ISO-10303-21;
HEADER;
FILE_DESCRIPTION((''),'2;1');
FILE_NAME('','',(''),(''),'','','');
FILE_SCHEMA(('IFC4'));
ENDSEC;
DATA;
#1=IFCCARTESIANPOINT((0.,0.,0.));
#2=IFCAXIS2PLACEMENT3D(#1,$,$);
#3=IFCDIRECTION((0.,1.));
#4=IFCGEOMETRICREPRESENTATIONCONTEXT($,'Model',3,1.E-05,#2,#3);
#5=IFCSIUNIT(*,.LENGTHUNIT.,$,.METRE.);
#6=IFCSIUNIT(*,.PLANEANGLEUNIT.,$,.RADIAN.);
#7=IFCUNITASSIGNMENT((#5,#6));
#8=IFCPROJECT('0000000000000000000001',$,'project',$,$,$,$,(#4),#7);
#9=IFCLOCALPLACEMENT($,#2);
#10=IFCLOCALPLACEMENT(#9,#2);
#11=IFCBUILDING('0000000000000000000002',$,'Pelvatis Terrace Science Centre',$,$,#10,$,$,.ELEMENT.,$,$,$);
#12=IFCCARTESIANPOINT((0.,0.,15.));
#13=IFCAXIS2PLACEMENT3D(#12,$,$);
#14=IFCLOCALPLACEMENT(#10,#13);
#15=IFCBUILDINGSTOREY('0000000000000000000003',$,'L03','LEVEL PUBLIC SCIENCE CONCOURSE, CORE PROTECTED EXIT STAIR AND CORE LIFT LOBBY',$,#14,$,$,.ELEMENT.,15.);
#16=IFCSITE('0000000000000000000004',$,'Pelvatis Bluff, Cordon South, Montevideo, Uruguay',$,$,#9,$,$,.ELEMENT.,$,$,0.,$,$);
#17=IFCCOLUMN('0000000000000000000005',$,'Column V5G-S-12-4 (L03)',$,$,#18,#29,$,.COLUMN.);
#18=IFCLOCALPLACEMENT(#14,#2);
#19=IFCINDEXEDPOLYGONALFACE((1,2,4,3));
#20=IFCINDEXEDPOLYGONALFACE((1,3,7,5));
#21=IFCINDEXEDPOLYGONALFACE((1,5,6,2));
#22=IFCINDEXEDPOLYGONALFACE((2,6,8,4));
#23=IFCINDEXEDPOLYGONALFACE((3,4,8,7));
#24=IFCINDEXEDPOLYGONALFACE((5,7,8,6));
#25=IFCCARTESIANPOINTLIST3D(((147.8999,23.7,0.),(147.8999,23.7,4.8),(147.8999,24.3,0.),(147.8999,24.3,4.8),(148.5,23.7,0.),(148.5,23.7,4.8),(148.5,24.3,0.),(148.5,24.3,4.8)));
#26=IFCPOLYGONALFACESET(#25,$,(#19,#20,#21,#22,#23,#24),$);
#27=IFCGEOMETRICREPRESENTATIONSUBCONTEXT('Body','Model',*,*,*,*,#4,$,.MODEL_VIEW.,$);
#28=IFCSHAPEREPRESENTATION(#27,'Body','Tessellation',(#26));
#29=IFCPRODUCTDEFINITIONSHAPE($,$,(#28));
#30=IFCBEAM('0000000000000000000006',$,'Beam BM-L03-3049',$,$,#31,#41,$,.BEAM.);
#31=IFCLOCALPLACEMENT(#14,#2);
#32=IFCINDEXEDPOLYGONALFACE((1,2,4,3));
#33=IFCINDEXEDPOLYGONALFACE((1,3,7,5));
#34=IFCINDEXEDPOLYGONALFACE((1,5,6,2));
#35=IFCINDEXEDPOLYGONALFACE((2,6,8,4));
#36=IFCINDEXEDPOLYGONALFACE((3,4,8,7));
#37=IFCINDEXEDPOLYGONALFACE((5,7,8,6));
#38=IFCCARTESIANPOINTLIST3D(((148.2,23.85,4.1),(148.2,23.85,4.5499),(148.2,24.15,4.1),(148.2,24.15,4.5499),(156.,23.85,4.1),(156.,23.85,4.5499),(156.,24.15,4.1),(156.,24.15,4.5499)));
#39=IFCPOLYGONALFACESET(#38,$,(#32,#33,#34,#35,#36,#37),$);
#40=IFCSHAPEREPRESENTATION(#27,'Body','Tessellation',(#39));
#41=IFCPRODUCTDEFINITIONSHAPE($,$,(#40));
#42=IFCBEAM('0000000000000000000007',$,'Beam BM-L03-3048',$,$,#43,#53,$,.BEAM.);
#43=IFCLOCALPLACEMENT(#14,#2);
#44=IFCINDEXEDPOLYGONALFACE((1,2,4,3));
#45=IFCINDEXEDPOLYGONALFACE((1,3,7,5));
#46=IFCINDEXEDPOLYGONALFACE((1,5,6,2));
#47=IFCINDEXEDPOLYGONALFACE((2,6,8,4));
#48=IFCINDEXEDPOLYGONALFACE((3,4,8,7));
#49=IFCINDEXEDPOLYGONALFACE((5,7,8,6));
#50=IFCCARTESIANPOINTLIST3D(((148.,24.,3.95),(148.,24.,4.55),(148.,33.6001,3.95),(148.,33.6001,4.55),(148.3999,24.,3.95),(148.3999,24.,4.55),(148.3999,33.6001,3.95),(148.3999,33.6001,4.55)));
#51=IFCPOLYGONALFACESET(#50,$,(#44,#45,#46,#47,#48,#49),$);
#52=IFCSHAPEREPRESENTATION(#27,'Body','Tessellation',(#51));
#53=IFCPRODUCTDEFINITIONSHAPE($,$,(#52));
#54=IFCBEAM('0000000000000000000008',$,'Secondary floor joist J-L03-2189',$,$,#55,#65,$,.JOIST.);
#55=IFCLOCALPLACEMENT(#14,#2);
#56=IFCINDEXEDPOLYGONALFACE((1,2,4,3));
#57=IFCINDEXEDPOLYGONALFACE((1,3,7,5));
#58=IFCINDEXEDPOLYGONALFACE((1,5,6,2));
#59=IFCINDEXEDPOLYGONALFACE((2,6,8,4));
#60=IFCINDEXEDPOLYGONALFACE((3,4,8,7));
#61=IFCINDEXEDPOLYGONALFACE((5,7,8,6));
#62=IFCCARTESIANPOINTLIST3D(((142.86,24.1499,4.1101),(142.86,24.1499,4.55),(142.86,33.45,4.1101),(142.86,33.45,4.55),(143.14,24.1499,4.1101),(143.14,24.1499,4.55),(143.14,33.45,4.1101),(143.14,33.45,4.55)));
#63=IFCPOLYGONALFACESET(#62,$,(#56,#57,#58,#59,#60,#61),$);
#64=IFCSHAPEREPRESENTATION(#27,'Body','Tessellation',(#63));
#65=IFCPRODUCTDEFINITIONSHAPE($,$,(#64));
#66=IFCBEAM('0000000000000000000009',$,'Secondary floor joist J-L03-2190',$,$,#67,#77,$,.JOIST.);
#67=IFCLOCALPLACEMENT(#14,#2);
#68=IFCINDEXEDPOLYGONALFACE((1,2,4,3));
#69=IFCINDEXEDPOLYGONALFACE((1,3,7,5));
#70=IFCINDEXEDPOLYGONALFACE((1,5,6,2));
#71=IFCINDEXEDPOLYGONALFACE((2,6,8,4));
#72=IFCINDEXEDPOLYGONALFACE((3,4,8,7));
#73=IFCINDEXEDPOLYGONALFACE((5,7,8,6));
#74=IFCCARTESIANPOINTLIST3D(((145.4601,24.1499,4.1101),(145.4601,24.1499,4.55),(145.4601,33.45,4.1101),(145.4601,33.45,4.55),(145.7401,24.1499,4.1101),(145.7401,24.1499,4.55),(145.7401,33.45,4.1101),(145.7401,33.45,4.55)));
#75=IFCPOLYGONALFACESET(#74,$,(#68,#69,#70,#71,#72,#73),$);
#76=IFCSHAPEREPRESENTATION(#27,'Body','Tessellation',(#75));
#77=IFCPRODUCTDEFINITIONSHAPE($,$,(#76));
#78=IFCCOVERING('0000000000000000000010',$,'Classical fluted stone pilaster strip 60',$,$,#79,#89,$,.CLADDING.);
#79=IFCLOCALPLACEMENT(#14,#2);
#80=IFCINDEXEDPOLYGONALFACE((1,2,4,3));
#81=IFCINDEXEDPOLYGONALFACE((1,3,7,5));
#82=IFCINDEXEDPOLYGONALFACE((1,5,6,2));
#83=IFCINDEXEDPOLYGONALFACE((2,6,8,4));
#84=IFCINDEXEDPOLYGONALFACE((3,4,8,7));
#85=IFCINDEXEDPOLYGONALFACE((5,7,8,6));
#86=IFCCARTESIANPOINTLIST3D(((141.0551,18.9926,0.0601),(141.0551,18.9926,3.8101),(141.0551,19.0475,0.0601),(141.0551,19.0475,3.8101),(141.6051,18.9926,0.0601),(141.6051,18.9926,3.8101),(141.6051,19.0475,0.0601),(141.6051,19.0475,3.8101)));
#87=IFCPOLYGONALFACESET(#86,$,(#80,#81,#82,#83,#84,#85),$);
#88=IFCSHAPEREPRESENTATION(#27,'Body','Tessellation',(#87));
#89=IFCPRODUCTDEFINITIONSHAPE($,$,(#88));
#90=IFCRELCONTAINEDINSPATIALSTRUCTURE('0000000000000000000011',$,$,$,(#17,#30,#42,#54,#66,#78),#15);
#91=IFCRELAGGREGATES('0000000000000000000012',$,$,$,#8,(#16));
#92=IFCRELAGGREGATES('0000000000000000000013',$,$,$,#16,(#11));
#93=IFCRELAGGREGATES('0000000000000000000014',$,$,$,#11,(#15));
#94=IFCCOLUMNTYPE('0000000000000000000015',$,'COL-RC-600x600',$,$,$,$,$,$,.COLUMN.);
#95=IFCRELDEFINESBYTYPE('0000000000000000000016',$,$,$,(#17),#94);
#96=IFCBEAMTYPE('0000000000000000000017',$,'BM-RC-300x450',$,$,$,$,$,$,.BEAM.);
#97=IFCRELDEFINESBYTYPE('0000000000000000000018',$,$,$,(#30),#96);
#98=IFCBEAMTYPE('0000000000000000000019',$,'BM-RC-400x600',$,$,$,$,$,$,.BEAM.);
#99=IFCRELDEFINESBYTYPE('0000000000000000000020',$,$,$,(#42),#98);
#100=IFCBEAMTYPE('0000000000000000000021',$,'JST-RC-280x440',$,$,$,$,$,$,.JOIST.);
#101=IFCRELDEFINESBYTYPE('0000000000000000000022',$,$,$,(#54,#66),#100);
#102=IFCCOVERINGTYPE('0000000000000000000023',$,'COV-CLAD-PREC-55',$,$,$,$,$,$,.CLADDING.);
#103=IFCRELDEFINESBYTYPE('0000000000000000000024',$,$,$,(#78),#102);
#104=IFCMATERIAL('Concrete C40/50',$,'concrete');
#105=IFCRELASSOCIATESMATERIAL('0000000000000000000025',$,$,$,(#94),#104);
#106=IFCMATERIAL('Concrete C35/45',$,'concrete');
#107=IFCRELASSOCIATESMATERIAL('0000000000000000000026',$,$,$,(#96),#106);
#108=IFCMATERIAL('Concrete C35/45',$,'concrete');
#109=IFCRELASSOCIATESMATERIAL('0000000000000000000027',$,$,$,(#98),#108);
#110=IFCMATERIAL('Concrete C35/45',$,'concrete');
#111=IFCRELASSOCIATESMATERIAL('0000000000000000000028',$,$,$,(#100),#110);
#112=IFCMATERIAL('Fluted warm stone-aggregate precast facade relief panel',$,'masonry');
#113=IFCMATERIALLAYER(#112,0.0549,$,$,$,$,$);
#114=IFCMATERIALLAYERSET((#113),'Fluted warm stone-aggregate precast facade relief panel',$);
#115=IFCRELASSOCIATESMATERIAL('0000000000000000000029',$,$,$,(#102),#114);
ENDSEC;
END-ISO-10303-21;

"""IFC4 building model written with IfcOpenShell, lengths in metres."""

from ifc_helpers import new_model, si_unit, direction, frame, origin, origin_2d, place, context, subcontext, project, spatial, rectangle, extrude, material, layer, layer_set, material_profile, profile_set, type_object, element, save


model = new_model("IFC4")

# Units and contexts
model_context = context("Model", 3, precision=1e-05, world=origin(), true_north=direction((0.0, 1.0)))
body_context = subcontext(model_context, "Body", "Model", "MODEL_VIEW")
ifc_project = project(units=[si_unit("LENGTHUNIT", "METRE"), si_unit("PLANEANGLEUNIT", "RADIAN")], contexts=[model_context])

# Site, building, storey
site_placement = place(None, origin())
site = spatial("IfcSite", under=ifc_project, at=site_placement, Name="Pelvatis Bluff, Cordon South, Montevideo, Uruguay", CompositionType="ELEMENT", RefElevation=0.0)
building_placement = place(site_placement, origin())
building = spatial("IfcBuilding", under=site, at=building_placement, Name="Pelvatis Terrace Science Centre", CompositionType="ELEMENT")
storey_placement = place(building_placement, frame((0.0, 0.0, 15.0)))
storey = spatial("IfcBuildingStorey", under=building, at=storey_placement, Name="L03", Description="LEVEL PUBLIC SCIENCE CONCOURSE, CORE PROTECTED EXIT STAIR AND CORE LIFT LOBBY", CompositionType="ELEMENT", Elevation=15.0)

# Column
ifc_material_1 = material(Name="Concrete C40/50", Category="concrete")
ifc_material_profile_1 = material_profile(ifc_material_1, rectangle(XDim=0.6001, YDim=0.6001, at=origin_2d()), Name="RC-COL 600x600")
ifc_profile_set_1 = profile_set([ifc_material_profile_1], Name="Concrete C40/50")
column_type = type_object("IfcColumnType", Name="COL-RC-600x600", PredefinedType="COLUMN", material=ifc_profile_set_1)
column_placement = place(storey_placement, frame((148.2, 24.0, 0.0), z_axis=(0.0, 0.0, 1.0), x_axis=(1.0, 0.0, 0.0)))
element("IfcColumn", 1, at=column_placement, inside=storey, type_object=column_type, Name="Column V5G-S-12-4 (L03)", PredefinedType="COLUMN", context=body_context, shape_type="SweptSolid", body=[
    extrude(rectangle(XDim=0.6001, YDim=0.6001, at=origin_2d()), origin(), (0.0, 0.0, 1.0), 4.8),
])

# Beams
ifc_material_2 = material(Name="Concrete C35/45", Category="concrete")
ifc_material_profile_2 = material_profile(ifc_material_2, rectangle(XDim=0.3, YDim=0.45, at=origin_2d()), Name="RC-BM 300x450")
ifc_profile_set_2 = profile_set([ifc_material_profile_2], Name="Concrete C35/45")
beam_type_1 = type_object("IfcBeamType", Name="BM-RC-300x450", PredefinedType="BEAM", material=ifc_profile_set_2)
beam_1_placement = place(storey_placement, frame((148.2, 24.0, 4.325), z_axis=(1.0, 0.0, 0.0), x_axis=(0.0, 1.0, 0.0)))
element("IfcBeam", 2, at=beam_1_placement, inside=storey, type_object=beam_type_1, Name="Beam BM-L03-3049", PredefinedType="BEAM", context=body_context, shape_type="SweptSolid", body=[
    extrude(rectangle(XDim=0.3, YDim=0.45, at=origin_2d()), origin(), (0.0, 0.0, 1.0), 7.8),
])
ifc_material_3 = material(Name="Concrete C35/45", Category="concrete")
ifc_material_profile_3 = material_profile(ifc_material_3, rectangle(XDim=0.3999, YDim=0.6001, at=origin_2d()), Name="RC-BM 400x600")
ifc_profile_set_3 = profile_set([ifc_material_profile_3], Name="Concrete C35/45")
beam_type_2 = type_object("IfcBeamType", Name="BM-RC-400x600", PredefinedType="BEAM", material=ifc_profile_set_3)
beam_2_placement = place(storey_placement, frame((148.2, 24.0, 4.25), z_axis=(0.0, 1.0, 0.0), x_axis=(-1.0, 0.0, 0.0)))
element("IfcBeam", 3, at=beam_2_placement, inside=storey, type_object=beam_type_2, Name="Beam BM-L03-3048", PredefinedType="BEAM", context=body_context, shape_type="SweptSolid", body=[
    extrude(rectangle(XDim=0.3999, YDim=0.6001, at=origin_2d()), origin(), (0.0, 0.0, 1.0), 9.6001),
])
ifc_material_4 = material(Name="Concrete C35/45", Category="concrete")
ifc_material_profile_4 = material_profile(ifc_material_4, rectangle(XDim=0.28, YDim=0.4399, at=origin_2d()), Name="RC-JST 280x440")
ifc_profile_set_4 = profile_set([ifc_material_profile_4], Name="Concrete C35/45")
beam_type_3 = type_object("IfcBeamType", Name="JST-RC-280x440", PredefinedType="JOIST", material=ifc_profile_set_4)
for number, where, z_axis, x_axis, name in (
    (4, (143.0, 24.1499, 4.3301), (0.0, 1.0, 0.0), (-1.0, 0.0, 0.0), "Secondary floor joist J-L03-2189"),
    (5, (145.6001, 24.1499, 4.3301), (0.0, 1.0, 0.0), (-1.0, 0.0, 0.0), "Secondary floor joist J-L03-2190"),
):
    element("IfcBeam", number, at=place(storey_placement, frame(where, z_axis=z_axis, x_axis=x_axis)), inside=storey, type_object=beam_type_3, Name=name, PredefinedType="JOIST", context=body_context, shape_type="SweptSolid", body=[
        extrude(rectangle(XDim=0.28, YDim=0.4399, at=origin_2d()), origin(), (0.0, 0.0, 1.0), 9.3),
    ])

# Covering
ifc_material_5 = material(Name="Fluted warm stone-aggregate precast facade relief panel", Category="masonry")
ifc_layer = layer(ifc_material_5, 0.0549)
ifc_layer_set = layer_set([ifc_layer], Name="Fluted warm stone-aggregate precast facade relief panel")
covering_type = type_object("IfcCoveringType", Name="COV-CLAD-PREC-55", PredefinedType="CLADDING", material=ifc_layer_set)
covering_placement = place(storey_placement, frame((141.3301, 19.02, 0.0601), z_axis=(0.0, 0.0, 1.0), x_axis=(1.0, 0.0, 0.0)))
element("IfcCovering", 6, at=covering_placement, inside=storey, type_object=covering_type, Name="Classical fluted stone pilaster strip 60", PredefinedType="CLADDING", context=body_context, shape_type="SweptSolid", body=[
    extrude(rectangle(XDim=0.55, YDim=0.0549, at=origin_2d()), origin(), (0.0, 0.0, 1.0), 3.75),
])

save(model, "model.ifc")
